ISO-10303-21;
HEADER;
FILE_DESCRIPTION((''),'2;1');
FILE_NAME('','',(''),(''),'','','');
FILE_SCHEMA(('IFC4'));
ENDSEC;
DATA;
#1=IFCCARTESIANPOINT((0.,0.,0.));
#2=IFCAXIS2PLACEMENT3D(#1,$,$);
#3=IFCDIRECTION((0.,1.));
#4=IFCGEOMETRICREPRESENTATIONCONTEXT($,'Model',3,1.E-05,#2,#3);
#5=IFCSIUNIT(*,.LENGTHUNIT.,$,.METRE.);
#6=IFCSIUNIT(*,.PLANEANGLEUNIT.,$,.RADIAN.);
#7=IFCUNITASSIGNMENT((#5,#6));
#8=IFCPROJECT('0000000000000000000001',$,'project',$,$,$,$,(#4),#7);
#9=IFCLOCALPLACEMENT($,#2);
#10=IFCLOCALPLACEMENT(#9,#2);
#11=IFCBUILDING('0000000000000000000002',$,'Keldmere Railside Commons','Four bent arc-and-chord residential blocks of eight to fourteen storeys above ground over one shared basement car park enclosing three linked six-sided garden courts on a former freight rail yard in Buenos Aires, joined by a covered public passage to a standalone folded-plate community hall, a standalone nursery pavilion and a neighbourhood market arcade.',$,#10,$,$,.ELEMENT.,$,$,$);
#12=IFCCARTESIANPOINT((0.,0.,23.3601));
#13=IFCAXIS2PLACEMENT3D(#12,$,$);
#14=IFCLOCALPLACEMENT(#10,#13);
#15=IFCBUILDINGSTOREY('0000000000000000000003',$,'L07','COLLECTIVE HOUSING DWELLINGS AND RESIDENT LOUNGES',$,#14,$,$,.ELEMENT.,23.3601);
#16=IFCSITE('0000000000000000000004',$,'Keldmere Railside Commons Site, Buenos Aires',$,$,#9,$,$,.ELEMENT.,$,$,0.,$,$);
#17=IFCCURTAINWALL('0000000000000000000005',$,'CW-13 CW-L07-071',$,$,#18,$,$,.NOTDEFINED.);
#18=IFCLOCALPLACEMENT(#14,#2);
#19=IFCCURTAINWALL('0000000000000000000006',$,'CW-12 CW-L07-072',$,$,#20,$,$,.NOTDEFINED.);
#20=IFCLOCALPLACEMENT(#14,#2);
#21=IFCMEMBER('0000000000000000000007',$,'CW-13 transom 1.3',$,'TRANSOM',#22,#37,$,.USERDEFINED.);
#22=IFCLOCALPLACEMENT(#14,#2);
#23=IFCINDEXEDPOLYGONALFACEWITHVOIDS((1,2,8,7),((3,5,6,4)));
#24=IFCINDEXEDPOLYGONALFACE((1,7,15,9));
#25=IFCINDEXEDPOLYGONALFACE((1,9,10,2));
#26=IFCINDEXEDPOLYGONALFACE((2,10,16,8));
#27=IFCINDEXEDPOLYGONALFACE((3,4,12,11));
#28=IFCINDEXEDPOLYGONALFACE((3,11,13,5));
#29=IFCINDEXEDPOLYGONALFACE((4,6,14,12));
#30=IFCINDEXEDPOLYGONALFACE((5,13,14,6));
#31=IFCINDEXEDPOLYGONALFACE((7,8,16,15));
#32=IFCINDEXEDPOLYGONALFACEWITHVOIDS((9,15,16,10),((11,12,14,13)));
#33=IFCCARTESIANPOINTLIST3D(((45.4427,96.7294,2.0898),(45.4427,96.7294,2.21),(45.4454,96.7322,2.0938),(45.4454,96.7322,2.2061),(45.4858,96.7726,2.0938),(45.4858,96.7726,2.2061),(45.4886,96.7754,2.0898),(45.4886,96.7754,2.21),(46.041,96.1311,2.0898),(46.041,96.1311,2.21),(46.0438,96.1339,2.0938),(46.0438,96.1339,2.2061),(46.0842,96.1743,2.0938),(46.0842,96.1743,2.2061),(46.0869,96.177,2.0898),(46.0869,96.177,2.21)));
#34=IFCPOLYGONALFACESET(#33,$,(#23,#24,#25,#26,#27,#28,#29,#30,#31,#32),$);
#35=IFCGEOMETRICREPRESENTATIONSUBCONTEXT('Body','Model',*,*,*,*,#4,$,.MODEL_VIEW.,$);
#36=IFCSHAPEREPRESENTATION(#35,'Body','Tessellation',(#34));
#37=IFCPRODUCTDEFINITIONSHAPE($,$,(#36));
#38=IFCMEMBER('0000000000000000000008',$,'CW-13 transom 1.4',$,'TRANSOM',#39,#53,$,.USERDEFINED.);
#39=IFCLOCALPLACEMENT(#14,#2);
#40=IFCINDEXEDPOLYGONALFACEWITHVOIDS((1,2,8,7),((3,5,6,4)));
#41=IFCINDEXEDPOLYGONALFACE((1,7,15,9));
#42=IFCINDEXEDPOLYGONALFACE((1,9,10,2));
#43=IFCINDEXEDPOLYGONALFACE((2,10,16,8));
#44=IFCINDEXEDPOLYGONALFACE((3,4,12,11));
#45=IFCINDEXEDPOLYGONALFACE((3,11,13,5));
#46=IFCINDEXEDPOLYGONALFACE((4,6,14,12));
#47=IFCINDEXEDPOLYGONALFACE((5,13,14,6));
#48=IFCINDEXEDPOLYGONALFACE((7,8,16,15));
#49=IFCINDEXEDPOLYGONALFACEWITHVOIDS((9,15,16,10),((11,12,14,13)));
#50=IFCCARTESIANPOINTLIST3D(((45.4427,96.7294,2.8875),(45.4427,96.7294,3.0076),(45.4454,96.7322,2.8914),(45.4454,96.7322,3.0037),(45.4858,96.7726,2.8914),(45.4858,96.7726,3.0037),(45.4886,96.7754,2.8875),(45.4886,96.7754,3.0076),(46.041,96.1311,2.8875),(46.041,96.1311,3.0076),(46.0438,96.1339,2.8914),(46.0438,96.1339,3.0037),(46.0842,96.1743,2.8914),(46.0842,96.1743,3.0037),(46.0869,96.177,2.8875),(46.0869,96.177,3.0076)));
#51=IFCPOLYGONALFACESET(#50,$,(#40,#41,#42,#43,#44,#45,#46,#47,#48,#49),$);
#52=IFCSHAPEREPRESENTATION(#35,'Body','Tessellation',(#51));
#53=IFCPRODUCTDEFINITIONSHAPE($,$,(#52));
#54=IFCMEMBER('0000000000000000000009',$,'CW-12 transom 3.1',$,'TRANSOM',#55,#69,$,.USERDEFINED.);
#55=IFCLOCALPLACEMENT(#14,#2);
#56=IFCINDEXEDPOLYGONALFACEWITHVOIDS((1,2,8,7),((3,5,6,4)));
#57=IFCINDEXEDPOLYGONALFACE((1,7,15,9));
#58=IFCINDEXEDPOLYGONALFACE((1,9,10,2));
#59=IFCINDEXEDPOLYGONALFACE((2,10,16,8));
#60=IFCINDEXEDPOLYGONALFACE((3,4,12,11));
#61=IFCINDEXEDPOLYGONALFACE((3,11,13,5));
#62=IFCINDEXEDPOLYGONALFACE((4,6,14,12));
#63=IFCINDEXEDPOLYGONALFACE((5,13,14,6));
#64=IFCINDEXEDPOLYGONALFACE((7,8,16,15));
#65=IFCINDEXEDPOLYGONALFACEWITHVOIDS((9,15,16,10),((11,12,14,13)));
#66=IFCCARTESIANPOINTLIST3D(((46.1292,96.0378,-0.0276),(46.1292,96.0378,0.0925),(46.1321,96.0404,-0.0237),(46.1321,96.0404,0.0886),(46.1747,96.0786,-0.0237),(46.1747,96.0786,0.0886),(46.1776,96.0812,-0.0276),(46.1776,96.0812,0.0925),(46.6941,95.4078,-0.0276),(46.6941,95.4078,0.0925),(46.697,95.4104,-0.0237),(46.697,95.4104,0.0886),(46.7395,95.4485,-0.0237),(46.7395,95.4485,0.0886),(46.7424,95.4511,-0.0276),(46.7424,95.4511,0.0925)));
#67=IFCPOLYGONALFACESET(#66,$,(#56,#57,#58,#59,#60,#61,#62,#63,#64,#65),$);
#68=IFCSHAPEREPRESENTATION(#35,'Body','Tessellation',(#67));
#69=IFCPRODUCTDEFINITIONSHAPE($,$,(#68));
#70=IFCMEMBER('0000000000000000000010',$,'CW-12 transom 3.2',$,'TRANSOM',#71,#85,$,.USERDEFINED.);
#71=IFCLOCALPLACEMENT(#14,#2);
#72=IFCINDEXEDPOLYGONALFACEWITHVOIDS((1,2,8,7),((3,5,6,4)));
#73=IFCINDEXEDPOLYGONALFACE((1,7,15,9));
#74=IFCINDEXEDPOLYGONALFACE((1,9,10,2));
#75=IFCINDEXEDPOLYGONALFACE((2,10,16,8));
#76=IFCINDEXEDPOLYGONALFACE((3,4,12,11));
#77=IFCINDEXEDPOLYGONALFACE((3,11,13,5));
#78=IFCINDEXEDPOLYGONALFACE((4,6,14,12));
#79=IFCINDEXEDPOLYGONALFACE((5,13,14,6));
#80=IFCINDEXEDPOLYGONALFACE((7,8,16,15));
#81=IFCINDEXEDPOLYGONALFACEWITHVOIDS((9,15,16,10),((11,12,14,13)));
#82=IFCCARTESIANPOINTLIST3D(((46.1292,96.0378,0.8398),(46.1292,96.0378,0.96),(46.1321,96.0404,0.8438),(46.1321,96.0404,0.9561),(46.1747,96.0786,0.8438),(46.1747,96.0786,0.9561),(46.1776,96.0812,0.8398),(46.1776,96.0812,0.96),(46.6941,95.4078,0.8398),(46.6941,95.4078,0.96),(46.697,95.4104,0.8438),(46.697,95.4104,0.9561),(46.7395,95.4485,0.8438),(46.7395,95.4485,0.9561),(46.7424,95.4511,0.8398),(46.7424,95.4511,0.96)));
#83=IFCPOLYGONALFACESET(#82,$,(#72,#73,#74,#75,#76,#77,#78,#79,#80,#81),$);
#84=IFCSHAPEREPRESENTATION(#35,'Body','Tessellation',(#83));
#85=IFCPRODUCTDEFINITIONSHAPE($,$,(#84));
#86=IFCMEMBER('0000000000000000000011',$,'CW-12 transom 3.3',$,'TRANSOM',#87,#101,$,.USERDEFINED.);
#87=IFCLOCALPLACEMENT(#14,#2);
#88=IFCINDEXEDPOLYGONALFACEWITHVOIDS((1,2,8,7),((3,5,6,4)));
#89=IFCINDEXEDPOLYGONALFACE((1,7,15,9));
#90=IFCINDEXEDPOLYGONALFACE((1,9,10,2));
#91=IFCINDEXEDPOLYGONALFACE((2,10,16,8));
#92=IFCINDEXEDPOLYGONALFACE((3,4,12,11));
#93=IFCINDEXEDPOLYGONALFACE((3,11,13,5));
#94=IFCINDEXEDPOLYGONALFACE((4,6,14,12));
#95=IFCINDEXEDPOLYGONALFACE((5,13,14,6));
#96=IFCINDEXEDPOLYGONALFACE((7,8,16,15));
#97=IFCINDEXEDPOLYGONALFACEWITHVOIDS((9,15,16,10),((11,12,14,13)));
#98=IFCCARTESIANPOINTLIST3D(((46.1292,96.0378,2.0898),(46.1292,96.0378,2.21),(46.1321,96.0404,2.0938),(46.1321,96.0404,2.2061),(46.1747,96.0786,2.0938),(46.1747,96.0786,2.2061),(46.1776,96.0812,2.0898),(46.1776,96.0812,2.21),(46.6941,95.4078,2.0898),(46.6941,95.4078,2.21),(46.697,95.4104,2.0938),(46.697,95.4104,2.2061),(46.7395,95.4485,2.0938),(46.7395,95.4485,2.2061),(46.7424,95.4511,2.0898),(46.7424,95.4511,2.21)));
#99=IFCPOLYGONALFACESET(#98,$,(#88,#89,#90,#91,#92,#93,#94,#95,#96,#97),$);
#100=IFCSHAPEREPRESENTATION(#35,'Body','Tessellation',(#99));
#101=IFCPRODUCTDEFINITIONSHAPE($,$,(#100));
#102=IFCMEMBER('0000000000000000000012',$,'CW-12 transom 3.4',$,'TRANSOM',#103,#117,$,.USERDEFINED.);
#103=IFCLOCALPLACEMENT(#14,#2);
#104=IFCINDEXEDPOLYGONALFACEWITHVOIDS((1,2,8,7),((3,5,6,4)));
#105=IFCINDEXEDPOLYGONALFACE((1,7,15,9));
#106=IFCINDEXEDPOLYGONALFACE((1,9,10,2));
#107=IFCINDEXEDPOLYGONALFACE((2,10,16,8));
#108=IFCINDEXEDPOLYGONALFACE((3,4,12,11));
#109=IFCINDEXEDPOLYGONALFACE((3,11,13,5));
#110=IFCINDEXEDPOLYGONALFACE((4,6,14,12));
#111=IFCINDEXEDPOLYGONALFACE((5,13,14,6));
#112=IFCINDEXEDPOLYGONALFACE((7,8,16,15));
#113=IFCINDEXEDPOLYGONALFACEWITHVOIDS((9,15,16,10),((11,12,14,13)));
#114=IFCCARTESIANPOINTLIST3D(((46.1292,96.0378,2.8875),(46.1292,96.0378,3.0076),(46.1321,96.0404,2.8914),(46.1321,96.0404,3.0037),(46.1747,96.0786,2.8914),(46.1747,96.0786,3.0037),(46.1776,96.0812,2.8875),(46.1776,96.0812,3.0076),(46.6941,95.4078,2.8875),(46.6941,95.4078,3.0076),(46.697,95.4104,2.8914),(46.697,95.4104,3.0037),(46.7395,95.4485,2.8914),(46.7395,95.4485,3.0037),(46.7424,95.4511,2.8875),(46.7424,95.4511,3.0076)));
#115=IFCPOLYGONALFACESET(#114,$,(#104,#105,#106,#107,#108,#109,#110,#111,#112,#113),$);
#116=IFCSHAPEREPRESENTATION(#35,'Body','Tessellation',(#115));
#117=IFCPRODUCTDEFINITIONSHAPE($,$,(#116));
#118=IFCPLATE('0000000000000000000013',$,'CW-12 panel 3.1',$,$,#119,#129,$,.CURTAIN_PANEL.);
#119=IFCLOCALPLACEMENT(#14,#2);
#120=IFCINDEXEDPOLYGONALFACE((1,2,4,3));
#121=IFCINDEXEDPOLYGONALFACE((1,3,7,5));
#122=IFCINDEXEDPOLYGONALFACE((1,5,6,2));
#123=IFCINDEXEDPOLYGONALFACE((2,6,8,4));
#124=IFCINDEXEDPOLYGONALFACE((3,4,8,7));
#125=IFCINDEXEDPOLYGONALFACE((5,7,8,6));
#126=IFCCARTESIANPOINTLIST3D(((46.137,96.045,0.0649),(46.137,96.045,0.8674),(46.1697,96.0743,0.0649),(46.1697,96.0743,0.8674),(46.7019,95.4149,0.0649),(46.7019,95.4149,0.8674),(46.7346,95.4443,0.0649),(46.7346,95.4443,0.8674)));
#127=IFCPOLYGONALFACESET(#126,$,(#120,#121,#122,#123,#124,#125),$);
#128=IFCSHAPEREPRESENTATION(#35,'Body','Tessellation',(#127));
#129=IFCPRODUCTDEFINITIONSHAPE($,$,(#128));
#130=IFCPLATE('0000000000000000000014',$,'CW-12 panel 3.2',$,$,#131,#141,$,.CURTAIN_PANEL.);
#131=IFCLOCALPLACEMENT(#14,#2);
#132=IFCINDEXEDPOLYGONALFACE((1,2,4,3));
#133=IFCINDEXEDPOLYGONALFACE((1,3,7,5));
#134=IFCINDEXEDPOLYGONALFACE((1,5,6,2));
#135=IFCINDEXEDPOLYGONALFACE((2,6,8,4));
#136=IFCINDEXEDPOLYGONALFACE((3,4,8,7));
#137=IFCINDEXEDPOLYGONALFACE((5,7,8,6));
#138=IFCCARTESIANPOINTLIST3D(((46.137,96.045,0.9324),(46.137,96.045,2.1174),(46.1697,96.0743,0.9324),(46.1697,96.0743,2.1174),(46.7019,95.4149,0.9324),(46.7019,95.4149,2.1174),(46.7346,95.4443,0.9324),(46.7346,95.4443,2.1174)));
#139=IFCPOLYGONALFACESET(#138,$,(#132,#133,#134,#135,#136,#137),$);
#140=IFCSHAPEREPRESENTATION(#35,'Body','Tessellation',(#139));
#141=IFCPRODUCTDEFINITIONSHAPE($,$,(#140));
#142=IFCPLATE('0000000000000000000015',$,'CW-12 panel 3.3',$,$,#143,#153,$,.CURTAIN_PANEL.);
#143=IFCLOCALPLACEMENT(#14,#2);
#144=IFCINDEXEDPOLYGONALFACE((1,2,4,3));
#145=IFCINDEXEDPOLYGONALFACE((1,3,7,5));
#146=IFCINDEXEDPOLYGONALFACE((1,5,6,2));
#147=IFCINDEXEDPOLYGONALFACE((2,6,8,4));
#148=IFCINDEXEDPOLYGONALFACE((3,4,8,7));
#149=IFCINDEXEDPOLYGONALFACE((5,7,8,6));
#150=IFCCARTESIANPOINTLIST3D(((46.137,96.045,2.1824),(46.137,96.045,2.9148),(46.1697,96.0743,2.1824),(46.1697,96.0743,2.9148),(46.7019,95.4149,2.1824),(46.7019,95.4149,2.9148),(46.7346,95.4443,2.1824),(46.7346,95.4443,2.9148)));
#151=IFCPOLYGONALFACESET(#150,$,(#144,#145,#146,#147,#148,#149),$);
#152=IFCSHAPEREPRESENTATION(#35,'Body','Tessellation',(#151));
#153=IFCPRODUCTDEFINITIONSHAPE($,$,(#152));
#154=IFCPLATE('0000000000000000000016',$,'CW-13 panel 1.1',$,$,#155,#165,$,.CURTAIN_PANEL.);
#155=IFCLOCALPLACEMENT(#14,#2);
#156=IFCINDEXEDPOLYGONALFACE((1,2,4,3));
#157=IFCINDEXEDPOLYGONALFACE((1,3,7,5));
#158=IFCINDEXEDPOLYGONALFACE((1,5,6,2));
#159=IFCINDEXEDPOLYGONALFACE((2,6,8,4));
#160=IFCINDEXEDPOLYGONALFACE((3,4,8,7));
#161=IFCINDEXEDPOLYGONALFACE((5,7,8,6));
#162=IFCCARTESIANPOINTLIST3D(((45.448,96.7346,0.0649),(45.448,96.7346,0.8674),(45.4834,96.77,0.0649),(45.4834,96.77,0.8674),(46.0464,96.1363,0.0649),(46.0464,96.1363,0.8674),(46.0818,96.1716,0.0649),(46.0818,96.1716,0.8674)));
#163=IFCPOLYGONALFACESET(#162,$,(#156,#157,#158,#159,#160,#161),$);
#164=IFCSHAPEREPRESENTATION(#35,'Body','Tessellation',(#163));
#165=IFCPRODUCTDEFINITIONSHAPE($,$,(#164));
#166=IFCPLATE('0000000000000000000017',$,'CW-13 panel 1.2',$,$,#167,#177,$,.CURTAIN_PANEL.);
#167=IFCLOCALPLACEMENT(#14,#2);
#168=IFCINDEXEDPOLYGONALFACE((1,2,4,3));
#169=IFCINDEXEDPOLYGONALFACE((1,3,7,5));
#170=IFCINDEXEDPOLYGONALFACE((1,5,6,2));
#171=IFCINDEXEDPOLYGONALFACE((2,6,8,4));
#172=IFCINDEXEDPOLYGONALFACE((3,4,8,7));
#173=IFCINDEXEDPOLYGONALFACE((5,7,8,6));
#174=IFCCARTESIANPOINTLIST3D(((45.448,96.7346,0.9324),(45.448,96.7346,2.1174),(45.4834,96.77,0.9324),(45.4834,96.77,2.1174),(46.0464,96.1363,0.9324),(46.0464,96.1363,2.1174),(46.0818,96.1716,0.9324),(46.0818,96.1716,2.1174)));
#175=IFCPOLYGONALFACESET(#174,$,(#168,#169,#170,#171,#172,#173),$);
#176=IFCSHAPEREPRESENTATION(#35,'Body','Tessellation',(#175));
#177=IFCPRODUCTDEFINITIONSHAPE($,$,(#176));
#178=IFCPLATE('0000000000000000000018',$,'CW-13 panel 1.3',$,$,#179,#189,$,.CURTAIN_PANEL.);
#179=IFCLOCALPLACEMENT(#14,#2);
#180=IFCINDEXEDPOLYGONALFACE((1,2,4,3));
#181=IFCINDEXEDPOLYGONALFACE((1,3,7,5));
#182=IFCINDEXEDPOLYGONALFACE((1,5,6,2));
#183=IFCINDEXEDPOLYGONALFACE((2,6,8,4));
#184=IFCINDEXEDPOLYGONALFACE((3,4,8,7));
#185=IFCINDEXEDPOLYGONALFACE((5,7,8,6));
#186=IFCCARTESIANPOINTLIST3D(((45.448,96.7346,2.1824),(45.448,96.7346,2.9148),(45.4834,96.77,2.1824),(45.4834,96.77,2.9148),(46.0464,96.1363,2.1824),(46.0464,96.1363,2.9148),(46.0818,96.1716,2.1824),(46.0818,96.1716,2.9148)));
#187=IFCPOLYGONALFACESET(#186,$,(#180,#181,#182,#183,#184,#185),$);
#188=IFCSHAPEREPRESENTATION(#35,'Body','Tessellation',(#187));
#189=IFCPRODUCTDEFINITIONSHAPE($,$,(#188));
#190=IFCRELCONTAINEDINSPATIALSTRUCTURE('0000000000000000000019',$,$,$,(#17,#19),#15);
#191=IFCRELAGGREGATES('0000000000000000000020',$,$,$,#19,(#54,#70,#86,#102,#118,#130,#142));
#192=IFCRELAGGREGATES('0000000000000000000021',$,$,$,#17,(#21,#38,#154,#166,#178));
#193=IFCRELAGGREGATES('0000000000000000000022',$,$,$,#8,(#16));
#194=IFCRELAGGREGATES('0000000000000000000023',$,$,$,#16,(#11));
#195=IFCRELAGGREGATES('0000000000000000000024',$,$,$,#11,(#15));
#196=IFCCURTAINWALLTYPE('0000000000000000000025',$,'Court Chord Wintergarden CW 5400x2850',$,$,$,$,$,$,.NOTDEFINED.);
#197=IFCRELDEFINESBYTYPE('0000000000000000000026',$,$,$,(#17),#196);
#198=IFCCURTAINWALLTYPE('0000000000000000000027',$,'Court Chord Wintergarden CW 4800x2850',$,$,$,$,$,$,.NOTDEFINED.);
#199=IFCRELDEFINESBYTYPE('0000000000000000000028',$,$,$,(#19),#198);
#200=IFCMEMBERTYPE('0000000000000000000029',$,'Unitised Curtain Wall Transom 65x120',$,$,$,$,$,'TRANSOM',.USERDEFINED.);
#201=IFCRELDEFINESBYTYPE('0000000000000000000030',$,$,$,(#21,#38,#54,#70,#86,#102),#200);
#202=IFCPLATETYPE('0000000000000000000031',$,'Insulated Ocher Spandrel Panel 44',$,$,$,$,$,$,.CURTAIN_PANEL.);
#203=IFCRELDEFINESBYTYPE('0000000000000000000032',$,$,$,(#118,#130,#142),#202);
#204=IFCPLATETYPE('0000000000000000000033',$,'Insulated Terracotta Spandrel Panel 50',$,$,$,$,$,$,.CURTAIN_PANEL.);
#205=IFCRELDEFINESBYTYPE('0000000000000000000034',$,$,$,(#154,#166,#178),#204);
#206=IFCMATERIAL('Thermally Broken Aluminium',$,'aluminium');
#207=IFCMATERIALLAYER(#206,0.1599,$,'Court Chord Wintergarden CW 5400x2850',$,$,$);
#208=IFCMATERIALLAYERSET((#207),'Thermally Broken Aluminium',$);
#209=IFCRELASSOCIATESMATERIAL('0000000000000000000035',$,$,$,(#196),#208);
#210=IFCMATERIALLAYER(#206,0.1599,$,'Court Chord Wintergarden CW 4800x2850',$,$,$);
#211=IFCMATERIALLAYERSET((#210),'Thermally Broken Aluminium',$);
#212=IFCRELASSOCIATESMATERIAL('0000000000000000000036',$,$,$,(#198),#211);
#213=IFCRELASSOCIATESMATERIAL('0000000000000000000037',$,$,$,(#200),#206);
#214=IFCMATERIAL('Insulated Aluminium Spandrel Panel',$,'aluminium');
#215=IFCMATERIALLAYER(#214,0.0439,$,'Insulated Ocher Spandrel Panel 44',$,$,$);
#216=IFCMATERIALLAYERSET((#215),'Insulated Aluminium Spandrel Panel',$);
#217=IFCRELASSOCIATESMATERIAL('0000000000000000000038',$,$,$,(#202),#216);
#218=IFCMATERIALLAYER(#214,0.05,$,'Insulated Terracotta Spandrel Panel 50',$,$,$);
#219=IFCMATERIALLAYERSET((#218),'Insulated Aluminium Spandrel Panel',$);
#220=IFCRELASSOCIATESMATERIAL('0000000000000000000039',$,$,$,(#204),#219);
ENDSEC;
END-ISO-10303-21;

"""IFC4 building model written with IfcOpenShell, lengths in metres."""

from ifc_helpers import new_model, si_unit, direction, frame, origin, origin_2d, place, context, subcontext, project, spatial, rectangle, hollow_rectangle, extrude, material, layer, layer_set, material_profile, profile_set, type_object, element, aggregate, save


model = new_model("IFC4")

# Units and contexts
model_context = context("Model", 3, precision=1e-05, world=origin(), true_north=direction((0.0, 1.0)))
body_context = subcontext(model_context, "Body", "Model", "MODEL_VIEW")
ifc_project = project(units=[si_unit("LENGTHUNIT", "METRE"), si_unit("PLANEANGLEUNIT", "RADIAN")], contexts=[model_context])

# Site, building, storey
site_placement = place(None, origin())
site = spatial("IfcSite", under=ifc_project, at=site_placement, Name="Keldmere Railside Commons Site, Buenos Aires", CompositionType="ELEMENT", RefElevation=0.0)
building_placement = place(site_placement, origin())
building = spatial("IfcBuilding", under=site, at=building_placement, Name="Keldmere Railside Commons", Description="Four bent arc-and-chord residential blocks of eight to fourteen storeys above ground over one shared basement car park enclosing three linked six-sided garden courts on a former freight rail yard in Buenos Aires, joined by a covered public passage to a standalone folded-plate community hall, a standalone nursery pavilion and a neighbourhood market arcade.", CompositionType="ELEMENT")
storey_placement = place(building_placement, frame((0.0, 0.0, 23.3601)))
storey = spatial("IfcBuildingStorey", under=building, at=storey_placement, Name="L07", Description="COLLECTIVE HOUSING DWELLINGS AND RESIDENT LOUNGES", CompositionType="ELEMENT", Elevation=23.3601)

# Curtain walls
ifc_material_1 = material(Name="Thermally Broken Aluminium", Category="aluminium")
ifc_layer_1 = layer(ifc_material_1, 0.1599, Name="Court Chord Wintergarden CW 5400x2850")
ifc_layer_set_1 = layer_set([ifc_layer_1], Name="Thermally Broken Aluminium")
curtain_wall_type_1 = type_object("IfcCurtainWallType", Name="Court Chord Wintergarden CW 5400x2850", PredefinedType="NOTDEFINED", material=ifc_layer_set_1)
curtain_wall_1_placement = place(storey_placement, origin())
curtain_wall_1 = element("IfcCurtainWall", 1, at=curtain_wall_1_placement, inside=storey, type_object=curtain_wall_type_1, Name="CW-13 CW-L07-071", PredefinedType="NOTDEFINED")
ifc_layer_2 = layer(ifc_material_1, 0.1599, Name="Court Chord Wintergarden CW 4800x2850")
ifc_layer_set_2 = layer_set([ifc_layer_2], Name="Thermally Broken Aluminium")
curtain_wall_type_2 = type_object("IfcCurtainWallType", Name="Court Chord Wintergarden CW 4800x2850", PredefinedType="NOTDEFINED", material=ifc_layer_set_2)
curtain_wall_2_placement = place(storey_placement, origin())
curtain_wall_2 = element("IfcCurtainWall", 2, at=curtain_wall_2_placement, inside=storey, type_object=curtain_wall_type_2, Name="CW-12 CW-L07-072", PredefinedType="NOTDEFINED")

# Members
ifc_material_profile_1 = material_profile(ifc_material_1, hollow_rectangle(XDim=0.0649, YDim=0.1201, WallThickness=0.0039, at=origin_2d()), Name="ALU-TRAN-65x120")
ifc_profile_set_1 = profile_set([ifc_material_profile_1], Name="Thermally Broken Aluminium")
member_type_1 = type_object("IfcMemberType", Name="Unitised Curtain Wall Transom 65x120", ElementType="TRANSOM", PredefinedType="USERDEFINED", material=ifc_profile_set_1)
member_1_placement = place(storey_placement, frame((46.064, 96.1541, 2.1499), z_axis=(-0.707107, 0.707107, 0.0), x_axis=(-0.707107, -0.707107, 0.0)))
member_1 = element("IfcMember", 3, at=member_1_placement, type_object=member_type_1, Name="CW-13 transom 1.3", ObjectType="TRANSOM", PredefinedType="USERDEFINED", context=body_context, shape_type="SweptSolid", body=[
    extrude(hollow_rectangle(XDim=0.0649, YDim=0.1201, WallThickness=0.0039, at=origin_2d()), origin(), (0.0, 0.0, 1.0), 0.8462),
])
member_2_placement = place(storey_placement, frame((46.064, 96.1541, 2.9475), z_axis=(-0.707107, 0.707107, 0.0), x_axis=(-0.707107, -0.707107, 0.0)))
member_2 = element("IfcMember", 4, at=member_2_placement, type_object=member_type_1, Name="CW-13 transom 1.4", ObjectType="TRANSOM", PredefinedType="USERDEFINED", context=body_context, shape_type="SweptSolid", body=[
    extrude(hollow_rectangle(XDim=0.0649, YDim=0.1201, WallThickness=0.0039, at=origin_2d()), origin(), (0.0, 0.0, 1.0), 0.8462),
])
member_3_placement = place(storey_placement, frame((46.7183, 95.4294, 0.0325), z_axis=(-0.667545, 0.744569, 0.0), x_axis=(-0.744569, -0.667545, 0.0)))
member_3 = element("IfcMember", 5, at=member_3_placement, type_object=member_type_1, Name="CW-12 transom 3.1", ObjectType="TRANSOM", PredefinedType="USERDEFINED", context=body_context, shape_type="SweptSolid", body=[
    extrude(hollow_rectangle(XDim=0.0649, YDim=0.1201, WallThickness=0.0039, at=origin_2d()), origin(), (0.0, 0.0, 1.0), 0.8462),
])
member_4_placement = place(storey_placement, frame((46.7183, 95.4294, 0.8999), z_axis=(-0.667545, 0.744569, 0.0), x_axis=(-0.744569, -0.667545, 0.0)))
member_4 = element("IfcMember", 6, at=member_4_placement, type_object=member_type_1, Name="CW-12 transom 3.2", ObjectType="TRANSOM", PredefinedType="USERDEFINED", context=body_context, shape_type="SweptSolid", body=[
    extrude(hollow_rectangle(XDim=0.0649, YDim=0.1201, WallThickness=0.0039, at=origin_2d()), origin(), (0.0, 0.0, 1.0), 0.8462),
])
member_5_placement = place(storey_placement, frame((46.7183, 95.4294, 2.1499), z_axis=(-0.667545, 0.744569, 0.0), x_axis=(-0.744569, -0.667545, 0.0)))
member_5 = element("IfcMember", 7, at=member_5_placement, type_object=member_type_1, Name="CW-12 transom 3.3", ObjectType="TRANSOM", PredefinedType="USERDEFINED", context=body_context, shape_type="SweptSolid", body=[
    extrude(hollow_rectangle(XDim=0.0649, YDim=0.1201, WallThickness=0.0039, at=origin_2d()), origin(), (0.0, 0.0, 1.0), 0.8462),
])
member_6_placement = place(storey_placement, frame((46.7183, 95.4294, 2.9475), z_axis=(-0.667545, 0.744569, 0.0), x_axis=(-0.744569, -0.667545, 0.0)))
member_6 = element("IfcMember", 8, at=member_6_placement, type_object=member_type_1, Name="CW-12 transom 3.4", ObjectType="TRANSOM", PredefinedType="USERDEFINED", context=body_context, shape_type="SweptSolid", body=[
    extrude(hollow_rectangle(XDim=0.0649, YDim=0.1201, WallThickness=0.0039, at=origin_2d()), origin(), (0.0, 0.0, 1.0), 0.8462),
])

# Plates
ifc_material_2 = material(Name="Insulated Aluminium Spandrel Panel", Category="aluminium")
ifc_layer_3 = layer(ifc_material_2, 0.0439, Name="Insulated Ocher Spandrel Panel 44")
ifc_layer_set_3 = layer_set([ifc_layer_3], Name="Insulated Aluminium Spandrel Panel")
plate_type_1 = type_object("IfcPlateType", Name="Insulated Ocher Spandrel Panel 44", PredefinedType="CURTAIN_PANEL", material=ifc_layer_set_3)
plate_1_placement = place(storey_placement, frame((46.4358, 95.7446, 0.0649), z_axis=(0.0, 0.0, 1.0), x_axis=(-0.667559, 0.744557, 0.0)))
plate_1 = element("IfcPlate", 9, at=plate_1_placement, type_object=plate_type_1, Name="CW-12 panel 3.1", PredefinedType="CURTAIN_PANEL", context=body_context, shape_type="SweptSolid", body=[
    extrude(rectangle(XDim=0.8462, YDim=0.0439, at=origin_2d()), origin(), (0.0, 0.0, 1.0), 0.8025),
])
plate_2_placement = place(storey_placement, frame((46.4358, 95.7446, 0.9324), z_axis=(0.0, 0.0, 1.0), x_axis=(-0.667559, 0.744557, 0.0)))
plate_2 = element("IfcPlate", 10, at=plate_2_placement, type_object=plate_type_1, Name="CW-12 panel 3.2", PredefinedType="CURTAIN_PANEL", context=body_context, shape_type="SweptSolid", body=[
    extrude(rectangle(XDim=0.8462, YDim=0.0439, at=origin_2d()), origin(), (0.0, 0.0, 1.0), 1.1851),
])
plate_3_placement = place(storey_placement, frame((46.4358, 95.7446, 2.1824), z_axis=(0.0, 0.0, 1.0), x_axis=(-0.667559, 0.744557, 0.0)))
plate_3 = element("IfcPlate", 11, at=plate_3_placement, type_object=plate_type_1, Name="CW-12 panel 3.3", PredefinedType="CURTAIN_PANEL", context=body_context, shape_type="SweptSolid", body=[
    extrude(rectangle(XDim=0.8462, YDim=0.0439, at=origin_2d()), origin(), (0.0, 0.0, 1.0), 0.7324),
])
aggregate(curtain_wall_2, [member_3, member_4, member_5, member_6, plate_1, plate_2, plate_3])
ifc_layer_4 = layer(ifc_material_2, 0.05, Name="Insulated Terracotta Spandrel Panel 50")
ifc_layer_set_4 = layer_set([ifc_layer_4], Name="Insulated Aluminium Spandrel Panel")
plate_type_2 = type_object("IfcPlateType", Name="Insulated Terracotta Spandrel Panel 50", PredefinedType="CURTAIN_PANEL", material=ifc_layer_set_4)
plate_4_placement = place(storey_placement, frame((45.7649, 96.4531, 0.0649), z_axis=(0.0, 0.0, 1.0), x_axis=(-0.707107, 0.707107, 0.0)))
plate_4 = element("IfcPlate", 12, at=plate_4_placement, type_object=plate_type_2, Name="CW-13 panel 1.1", PredefinedType="CURTAIN_PANEL", context=body_context, shape_type="SweptSolid", body=[
    extrude(rectangle(XDim=0.8462, YDim=0.05, at=origin_2d()), origin(), (0.0, 0.0, 1.0), 0.8025),
])
plate_5_placement = place(storey_placement, frame((45.7649, 96.4531, 0.9324), z_axis=(0.0, 0.0, 1.0), x_axis=(-0.707107, 0.707107, 0.0)))
plate_5 = element("IfcPlate", 13, at=plate_5_placement, type_object=plate_type_2, Name="CW-13 panel 1.2", PredefinedType="CURTAIN_PANEL", context=body_context, shape_type="SweptSolid", body=[
    extrude(rectangle(XDim=0.8462, YDim=0.05, at=origin_2d()), origin(), (0.0, 0.0, 1.0), 1.1851),
])
plate_6_placement = place(storey_placement, frame((45.7649, 96.4531, 2.1824), z_axis=(0.0, 0.0, 1.0), x_axis=(-0.707107, 0.707107, 0.0)))
plate_6 = element("IfcPlate", 14, at=plate_6_placement, type_object=plate_type_2, Name="CW-13 panel 1.3", PredefinedType="CURTAIN_PANEL", context=body_context, shape_type="SweptSolid", body=[
    extrude(rectangle(XDim=0.8462, YDim=0.05, at=origin_2d()), origin(), (0.0, 0.0, 1.0), 0.7324),
])
aggregate(curtain_wall_1, [member_1, member_2, plate_4, plate_5, plate_6])

save(model, "model.ifc")
